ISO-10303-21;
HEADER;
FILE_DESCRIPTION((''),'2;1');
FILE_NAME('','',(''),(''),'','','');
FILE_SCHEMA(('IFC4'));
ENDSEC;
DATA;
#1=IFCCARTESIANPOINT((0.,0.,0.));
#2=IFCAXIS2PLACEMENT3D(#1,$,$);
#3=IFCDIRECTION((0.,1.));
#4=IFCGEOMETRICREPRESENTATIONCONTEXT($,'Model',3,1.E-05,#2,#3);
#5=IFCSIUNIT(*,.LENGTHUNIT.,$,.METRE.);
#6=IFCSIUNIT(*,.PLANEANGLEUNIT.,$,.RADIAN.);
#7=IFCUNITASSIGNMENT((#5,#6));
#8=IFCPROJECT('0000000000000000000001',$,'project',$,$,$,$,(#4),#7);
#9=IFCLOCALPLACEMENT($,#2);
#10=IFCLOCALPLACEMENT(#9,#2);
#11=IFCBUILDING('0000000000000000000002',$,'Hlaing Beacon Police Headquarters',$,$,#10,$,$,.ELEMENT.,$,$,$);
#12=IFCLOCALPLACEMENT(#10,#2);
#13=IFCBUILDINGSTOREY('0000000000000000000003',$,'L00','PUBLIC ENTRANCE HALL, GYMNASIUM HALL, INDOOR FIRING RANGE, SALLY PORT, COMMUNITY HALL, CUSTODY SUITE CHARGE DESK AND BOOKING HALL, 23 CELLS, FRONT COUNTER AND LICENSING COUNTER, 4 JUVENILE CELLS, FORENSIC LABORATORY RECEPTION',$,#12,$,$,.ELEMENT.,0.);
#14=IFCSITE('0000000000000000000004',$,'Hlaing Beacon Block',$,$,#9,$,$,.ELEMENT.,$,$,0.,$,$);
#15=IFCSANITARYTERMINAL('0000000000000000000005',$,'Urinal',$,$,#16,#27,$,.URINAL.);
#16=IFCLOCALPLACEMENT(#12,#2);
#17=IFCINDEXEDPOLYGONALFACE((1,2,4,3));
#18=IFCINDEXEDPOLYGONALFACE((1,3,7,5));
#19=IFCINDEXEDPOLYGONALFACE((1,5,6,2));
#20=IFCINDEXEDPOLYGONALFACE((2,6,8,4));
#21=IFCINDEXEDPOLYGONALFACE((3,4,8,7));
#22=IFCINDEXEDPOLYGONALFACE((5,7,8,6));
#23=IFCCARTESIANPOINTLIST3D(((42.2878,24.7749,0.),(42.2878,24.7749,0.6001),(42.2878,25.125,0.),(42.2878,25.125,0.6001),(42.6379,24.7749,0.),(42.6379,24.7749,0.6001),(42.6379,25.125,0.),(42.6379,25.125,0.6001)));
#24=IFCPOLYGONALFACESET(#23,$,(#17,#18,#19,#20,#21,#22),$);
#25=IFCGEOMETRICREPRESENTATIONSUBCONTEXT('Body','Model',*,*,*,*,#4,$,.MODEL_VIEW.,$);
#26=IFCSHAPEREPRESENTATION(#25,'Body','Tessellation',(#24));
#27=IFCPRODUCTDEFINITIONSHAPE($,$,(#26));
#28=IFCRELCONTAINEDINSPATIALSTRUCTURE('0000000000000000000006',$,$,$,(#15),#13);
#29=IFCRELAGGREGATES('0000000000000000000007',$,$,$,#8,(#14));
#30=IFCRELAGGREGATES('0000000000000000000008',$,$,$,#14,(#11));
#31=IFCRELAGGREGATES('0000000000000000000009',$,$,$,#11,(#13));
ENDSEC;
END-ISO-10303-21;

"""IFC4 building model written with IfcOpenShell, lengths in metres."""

from ifc_helpers import new_model, si_unit, direction, frame, origin, origin_2d, place, context, subcontext, project, spatial, rectangle, extrude, element, save


model = new_model("IFC4")

# Units and contexts
model_context = context("Model", 3, precision=1e-05, world=origin(), true_north=direction((0.0, 1.0)))
body_context = subcontext(model_context, "Body", "Model", "MODEL_VIEW")
ifc_project = project(units=[si_unit("LENGTHUNIT", "METRE"), si_unit("PLANEANGLEUNIT", "RADIAN")], contexts=[model_context])

# Site, building, storey
site_placement = place(None, origin())
site = spatial("IfcSite", under=ifc_project, at=site_placement, Name="Hlaing Beacon Block", CompositionType="ELEMENT", RefElevation=0.0)
building_placement = place(site_placement, origin())
building = spatial("IfcBuilding", under=site, at=building_placement, Name="Hlaing Beacon Police Headquarters", CompositionType="ELEMENT")
storey_placement = place(building_placement, origin())
storey = spatial("IfcBuildingStorey", under=building, at=storey_placement, Name="L00", Description="PUBLIC ENTRANCE HALL, GYMNASIUM HALL, INDOOR FIRING RANGE, SALLY PORT, COMMUNITY HALL, CUSTODY SUITE CHARGE DESK AND BOOKING HALL, 23 CELLS, FRONT COUNTER AND LICENSING COUNTER, 4 JUVENILE CELLS, FORENSIC LABORATORY RECEPTION", CompositionType="ELEMENT", Elevation=0.0)

# Sanitary terminal
for number, where, z_axis, x_axis, name in (
    (1, (42.4629, 24.95, 0.0), (0.0, 0.0, 1.0), (1.0, 0.0, 0.0), "Urinal"),
):
    element("IfcSanitaryTerminal", number, at=place(storey_placement, frame(where, z_axis=z_axis, x_axis=x_axis)), inside=storey, Name=name, PredefinedType="URINAL", context=body_context, shape_type="SweptSolid", body=[
        extrude(rectangle(XDim=0.3501, YDim=0.3501, at=origin_2d()), origin(), (0.0, 0.0, 1.0), 0.6001),
    ])

save(model, "model.ifc")
